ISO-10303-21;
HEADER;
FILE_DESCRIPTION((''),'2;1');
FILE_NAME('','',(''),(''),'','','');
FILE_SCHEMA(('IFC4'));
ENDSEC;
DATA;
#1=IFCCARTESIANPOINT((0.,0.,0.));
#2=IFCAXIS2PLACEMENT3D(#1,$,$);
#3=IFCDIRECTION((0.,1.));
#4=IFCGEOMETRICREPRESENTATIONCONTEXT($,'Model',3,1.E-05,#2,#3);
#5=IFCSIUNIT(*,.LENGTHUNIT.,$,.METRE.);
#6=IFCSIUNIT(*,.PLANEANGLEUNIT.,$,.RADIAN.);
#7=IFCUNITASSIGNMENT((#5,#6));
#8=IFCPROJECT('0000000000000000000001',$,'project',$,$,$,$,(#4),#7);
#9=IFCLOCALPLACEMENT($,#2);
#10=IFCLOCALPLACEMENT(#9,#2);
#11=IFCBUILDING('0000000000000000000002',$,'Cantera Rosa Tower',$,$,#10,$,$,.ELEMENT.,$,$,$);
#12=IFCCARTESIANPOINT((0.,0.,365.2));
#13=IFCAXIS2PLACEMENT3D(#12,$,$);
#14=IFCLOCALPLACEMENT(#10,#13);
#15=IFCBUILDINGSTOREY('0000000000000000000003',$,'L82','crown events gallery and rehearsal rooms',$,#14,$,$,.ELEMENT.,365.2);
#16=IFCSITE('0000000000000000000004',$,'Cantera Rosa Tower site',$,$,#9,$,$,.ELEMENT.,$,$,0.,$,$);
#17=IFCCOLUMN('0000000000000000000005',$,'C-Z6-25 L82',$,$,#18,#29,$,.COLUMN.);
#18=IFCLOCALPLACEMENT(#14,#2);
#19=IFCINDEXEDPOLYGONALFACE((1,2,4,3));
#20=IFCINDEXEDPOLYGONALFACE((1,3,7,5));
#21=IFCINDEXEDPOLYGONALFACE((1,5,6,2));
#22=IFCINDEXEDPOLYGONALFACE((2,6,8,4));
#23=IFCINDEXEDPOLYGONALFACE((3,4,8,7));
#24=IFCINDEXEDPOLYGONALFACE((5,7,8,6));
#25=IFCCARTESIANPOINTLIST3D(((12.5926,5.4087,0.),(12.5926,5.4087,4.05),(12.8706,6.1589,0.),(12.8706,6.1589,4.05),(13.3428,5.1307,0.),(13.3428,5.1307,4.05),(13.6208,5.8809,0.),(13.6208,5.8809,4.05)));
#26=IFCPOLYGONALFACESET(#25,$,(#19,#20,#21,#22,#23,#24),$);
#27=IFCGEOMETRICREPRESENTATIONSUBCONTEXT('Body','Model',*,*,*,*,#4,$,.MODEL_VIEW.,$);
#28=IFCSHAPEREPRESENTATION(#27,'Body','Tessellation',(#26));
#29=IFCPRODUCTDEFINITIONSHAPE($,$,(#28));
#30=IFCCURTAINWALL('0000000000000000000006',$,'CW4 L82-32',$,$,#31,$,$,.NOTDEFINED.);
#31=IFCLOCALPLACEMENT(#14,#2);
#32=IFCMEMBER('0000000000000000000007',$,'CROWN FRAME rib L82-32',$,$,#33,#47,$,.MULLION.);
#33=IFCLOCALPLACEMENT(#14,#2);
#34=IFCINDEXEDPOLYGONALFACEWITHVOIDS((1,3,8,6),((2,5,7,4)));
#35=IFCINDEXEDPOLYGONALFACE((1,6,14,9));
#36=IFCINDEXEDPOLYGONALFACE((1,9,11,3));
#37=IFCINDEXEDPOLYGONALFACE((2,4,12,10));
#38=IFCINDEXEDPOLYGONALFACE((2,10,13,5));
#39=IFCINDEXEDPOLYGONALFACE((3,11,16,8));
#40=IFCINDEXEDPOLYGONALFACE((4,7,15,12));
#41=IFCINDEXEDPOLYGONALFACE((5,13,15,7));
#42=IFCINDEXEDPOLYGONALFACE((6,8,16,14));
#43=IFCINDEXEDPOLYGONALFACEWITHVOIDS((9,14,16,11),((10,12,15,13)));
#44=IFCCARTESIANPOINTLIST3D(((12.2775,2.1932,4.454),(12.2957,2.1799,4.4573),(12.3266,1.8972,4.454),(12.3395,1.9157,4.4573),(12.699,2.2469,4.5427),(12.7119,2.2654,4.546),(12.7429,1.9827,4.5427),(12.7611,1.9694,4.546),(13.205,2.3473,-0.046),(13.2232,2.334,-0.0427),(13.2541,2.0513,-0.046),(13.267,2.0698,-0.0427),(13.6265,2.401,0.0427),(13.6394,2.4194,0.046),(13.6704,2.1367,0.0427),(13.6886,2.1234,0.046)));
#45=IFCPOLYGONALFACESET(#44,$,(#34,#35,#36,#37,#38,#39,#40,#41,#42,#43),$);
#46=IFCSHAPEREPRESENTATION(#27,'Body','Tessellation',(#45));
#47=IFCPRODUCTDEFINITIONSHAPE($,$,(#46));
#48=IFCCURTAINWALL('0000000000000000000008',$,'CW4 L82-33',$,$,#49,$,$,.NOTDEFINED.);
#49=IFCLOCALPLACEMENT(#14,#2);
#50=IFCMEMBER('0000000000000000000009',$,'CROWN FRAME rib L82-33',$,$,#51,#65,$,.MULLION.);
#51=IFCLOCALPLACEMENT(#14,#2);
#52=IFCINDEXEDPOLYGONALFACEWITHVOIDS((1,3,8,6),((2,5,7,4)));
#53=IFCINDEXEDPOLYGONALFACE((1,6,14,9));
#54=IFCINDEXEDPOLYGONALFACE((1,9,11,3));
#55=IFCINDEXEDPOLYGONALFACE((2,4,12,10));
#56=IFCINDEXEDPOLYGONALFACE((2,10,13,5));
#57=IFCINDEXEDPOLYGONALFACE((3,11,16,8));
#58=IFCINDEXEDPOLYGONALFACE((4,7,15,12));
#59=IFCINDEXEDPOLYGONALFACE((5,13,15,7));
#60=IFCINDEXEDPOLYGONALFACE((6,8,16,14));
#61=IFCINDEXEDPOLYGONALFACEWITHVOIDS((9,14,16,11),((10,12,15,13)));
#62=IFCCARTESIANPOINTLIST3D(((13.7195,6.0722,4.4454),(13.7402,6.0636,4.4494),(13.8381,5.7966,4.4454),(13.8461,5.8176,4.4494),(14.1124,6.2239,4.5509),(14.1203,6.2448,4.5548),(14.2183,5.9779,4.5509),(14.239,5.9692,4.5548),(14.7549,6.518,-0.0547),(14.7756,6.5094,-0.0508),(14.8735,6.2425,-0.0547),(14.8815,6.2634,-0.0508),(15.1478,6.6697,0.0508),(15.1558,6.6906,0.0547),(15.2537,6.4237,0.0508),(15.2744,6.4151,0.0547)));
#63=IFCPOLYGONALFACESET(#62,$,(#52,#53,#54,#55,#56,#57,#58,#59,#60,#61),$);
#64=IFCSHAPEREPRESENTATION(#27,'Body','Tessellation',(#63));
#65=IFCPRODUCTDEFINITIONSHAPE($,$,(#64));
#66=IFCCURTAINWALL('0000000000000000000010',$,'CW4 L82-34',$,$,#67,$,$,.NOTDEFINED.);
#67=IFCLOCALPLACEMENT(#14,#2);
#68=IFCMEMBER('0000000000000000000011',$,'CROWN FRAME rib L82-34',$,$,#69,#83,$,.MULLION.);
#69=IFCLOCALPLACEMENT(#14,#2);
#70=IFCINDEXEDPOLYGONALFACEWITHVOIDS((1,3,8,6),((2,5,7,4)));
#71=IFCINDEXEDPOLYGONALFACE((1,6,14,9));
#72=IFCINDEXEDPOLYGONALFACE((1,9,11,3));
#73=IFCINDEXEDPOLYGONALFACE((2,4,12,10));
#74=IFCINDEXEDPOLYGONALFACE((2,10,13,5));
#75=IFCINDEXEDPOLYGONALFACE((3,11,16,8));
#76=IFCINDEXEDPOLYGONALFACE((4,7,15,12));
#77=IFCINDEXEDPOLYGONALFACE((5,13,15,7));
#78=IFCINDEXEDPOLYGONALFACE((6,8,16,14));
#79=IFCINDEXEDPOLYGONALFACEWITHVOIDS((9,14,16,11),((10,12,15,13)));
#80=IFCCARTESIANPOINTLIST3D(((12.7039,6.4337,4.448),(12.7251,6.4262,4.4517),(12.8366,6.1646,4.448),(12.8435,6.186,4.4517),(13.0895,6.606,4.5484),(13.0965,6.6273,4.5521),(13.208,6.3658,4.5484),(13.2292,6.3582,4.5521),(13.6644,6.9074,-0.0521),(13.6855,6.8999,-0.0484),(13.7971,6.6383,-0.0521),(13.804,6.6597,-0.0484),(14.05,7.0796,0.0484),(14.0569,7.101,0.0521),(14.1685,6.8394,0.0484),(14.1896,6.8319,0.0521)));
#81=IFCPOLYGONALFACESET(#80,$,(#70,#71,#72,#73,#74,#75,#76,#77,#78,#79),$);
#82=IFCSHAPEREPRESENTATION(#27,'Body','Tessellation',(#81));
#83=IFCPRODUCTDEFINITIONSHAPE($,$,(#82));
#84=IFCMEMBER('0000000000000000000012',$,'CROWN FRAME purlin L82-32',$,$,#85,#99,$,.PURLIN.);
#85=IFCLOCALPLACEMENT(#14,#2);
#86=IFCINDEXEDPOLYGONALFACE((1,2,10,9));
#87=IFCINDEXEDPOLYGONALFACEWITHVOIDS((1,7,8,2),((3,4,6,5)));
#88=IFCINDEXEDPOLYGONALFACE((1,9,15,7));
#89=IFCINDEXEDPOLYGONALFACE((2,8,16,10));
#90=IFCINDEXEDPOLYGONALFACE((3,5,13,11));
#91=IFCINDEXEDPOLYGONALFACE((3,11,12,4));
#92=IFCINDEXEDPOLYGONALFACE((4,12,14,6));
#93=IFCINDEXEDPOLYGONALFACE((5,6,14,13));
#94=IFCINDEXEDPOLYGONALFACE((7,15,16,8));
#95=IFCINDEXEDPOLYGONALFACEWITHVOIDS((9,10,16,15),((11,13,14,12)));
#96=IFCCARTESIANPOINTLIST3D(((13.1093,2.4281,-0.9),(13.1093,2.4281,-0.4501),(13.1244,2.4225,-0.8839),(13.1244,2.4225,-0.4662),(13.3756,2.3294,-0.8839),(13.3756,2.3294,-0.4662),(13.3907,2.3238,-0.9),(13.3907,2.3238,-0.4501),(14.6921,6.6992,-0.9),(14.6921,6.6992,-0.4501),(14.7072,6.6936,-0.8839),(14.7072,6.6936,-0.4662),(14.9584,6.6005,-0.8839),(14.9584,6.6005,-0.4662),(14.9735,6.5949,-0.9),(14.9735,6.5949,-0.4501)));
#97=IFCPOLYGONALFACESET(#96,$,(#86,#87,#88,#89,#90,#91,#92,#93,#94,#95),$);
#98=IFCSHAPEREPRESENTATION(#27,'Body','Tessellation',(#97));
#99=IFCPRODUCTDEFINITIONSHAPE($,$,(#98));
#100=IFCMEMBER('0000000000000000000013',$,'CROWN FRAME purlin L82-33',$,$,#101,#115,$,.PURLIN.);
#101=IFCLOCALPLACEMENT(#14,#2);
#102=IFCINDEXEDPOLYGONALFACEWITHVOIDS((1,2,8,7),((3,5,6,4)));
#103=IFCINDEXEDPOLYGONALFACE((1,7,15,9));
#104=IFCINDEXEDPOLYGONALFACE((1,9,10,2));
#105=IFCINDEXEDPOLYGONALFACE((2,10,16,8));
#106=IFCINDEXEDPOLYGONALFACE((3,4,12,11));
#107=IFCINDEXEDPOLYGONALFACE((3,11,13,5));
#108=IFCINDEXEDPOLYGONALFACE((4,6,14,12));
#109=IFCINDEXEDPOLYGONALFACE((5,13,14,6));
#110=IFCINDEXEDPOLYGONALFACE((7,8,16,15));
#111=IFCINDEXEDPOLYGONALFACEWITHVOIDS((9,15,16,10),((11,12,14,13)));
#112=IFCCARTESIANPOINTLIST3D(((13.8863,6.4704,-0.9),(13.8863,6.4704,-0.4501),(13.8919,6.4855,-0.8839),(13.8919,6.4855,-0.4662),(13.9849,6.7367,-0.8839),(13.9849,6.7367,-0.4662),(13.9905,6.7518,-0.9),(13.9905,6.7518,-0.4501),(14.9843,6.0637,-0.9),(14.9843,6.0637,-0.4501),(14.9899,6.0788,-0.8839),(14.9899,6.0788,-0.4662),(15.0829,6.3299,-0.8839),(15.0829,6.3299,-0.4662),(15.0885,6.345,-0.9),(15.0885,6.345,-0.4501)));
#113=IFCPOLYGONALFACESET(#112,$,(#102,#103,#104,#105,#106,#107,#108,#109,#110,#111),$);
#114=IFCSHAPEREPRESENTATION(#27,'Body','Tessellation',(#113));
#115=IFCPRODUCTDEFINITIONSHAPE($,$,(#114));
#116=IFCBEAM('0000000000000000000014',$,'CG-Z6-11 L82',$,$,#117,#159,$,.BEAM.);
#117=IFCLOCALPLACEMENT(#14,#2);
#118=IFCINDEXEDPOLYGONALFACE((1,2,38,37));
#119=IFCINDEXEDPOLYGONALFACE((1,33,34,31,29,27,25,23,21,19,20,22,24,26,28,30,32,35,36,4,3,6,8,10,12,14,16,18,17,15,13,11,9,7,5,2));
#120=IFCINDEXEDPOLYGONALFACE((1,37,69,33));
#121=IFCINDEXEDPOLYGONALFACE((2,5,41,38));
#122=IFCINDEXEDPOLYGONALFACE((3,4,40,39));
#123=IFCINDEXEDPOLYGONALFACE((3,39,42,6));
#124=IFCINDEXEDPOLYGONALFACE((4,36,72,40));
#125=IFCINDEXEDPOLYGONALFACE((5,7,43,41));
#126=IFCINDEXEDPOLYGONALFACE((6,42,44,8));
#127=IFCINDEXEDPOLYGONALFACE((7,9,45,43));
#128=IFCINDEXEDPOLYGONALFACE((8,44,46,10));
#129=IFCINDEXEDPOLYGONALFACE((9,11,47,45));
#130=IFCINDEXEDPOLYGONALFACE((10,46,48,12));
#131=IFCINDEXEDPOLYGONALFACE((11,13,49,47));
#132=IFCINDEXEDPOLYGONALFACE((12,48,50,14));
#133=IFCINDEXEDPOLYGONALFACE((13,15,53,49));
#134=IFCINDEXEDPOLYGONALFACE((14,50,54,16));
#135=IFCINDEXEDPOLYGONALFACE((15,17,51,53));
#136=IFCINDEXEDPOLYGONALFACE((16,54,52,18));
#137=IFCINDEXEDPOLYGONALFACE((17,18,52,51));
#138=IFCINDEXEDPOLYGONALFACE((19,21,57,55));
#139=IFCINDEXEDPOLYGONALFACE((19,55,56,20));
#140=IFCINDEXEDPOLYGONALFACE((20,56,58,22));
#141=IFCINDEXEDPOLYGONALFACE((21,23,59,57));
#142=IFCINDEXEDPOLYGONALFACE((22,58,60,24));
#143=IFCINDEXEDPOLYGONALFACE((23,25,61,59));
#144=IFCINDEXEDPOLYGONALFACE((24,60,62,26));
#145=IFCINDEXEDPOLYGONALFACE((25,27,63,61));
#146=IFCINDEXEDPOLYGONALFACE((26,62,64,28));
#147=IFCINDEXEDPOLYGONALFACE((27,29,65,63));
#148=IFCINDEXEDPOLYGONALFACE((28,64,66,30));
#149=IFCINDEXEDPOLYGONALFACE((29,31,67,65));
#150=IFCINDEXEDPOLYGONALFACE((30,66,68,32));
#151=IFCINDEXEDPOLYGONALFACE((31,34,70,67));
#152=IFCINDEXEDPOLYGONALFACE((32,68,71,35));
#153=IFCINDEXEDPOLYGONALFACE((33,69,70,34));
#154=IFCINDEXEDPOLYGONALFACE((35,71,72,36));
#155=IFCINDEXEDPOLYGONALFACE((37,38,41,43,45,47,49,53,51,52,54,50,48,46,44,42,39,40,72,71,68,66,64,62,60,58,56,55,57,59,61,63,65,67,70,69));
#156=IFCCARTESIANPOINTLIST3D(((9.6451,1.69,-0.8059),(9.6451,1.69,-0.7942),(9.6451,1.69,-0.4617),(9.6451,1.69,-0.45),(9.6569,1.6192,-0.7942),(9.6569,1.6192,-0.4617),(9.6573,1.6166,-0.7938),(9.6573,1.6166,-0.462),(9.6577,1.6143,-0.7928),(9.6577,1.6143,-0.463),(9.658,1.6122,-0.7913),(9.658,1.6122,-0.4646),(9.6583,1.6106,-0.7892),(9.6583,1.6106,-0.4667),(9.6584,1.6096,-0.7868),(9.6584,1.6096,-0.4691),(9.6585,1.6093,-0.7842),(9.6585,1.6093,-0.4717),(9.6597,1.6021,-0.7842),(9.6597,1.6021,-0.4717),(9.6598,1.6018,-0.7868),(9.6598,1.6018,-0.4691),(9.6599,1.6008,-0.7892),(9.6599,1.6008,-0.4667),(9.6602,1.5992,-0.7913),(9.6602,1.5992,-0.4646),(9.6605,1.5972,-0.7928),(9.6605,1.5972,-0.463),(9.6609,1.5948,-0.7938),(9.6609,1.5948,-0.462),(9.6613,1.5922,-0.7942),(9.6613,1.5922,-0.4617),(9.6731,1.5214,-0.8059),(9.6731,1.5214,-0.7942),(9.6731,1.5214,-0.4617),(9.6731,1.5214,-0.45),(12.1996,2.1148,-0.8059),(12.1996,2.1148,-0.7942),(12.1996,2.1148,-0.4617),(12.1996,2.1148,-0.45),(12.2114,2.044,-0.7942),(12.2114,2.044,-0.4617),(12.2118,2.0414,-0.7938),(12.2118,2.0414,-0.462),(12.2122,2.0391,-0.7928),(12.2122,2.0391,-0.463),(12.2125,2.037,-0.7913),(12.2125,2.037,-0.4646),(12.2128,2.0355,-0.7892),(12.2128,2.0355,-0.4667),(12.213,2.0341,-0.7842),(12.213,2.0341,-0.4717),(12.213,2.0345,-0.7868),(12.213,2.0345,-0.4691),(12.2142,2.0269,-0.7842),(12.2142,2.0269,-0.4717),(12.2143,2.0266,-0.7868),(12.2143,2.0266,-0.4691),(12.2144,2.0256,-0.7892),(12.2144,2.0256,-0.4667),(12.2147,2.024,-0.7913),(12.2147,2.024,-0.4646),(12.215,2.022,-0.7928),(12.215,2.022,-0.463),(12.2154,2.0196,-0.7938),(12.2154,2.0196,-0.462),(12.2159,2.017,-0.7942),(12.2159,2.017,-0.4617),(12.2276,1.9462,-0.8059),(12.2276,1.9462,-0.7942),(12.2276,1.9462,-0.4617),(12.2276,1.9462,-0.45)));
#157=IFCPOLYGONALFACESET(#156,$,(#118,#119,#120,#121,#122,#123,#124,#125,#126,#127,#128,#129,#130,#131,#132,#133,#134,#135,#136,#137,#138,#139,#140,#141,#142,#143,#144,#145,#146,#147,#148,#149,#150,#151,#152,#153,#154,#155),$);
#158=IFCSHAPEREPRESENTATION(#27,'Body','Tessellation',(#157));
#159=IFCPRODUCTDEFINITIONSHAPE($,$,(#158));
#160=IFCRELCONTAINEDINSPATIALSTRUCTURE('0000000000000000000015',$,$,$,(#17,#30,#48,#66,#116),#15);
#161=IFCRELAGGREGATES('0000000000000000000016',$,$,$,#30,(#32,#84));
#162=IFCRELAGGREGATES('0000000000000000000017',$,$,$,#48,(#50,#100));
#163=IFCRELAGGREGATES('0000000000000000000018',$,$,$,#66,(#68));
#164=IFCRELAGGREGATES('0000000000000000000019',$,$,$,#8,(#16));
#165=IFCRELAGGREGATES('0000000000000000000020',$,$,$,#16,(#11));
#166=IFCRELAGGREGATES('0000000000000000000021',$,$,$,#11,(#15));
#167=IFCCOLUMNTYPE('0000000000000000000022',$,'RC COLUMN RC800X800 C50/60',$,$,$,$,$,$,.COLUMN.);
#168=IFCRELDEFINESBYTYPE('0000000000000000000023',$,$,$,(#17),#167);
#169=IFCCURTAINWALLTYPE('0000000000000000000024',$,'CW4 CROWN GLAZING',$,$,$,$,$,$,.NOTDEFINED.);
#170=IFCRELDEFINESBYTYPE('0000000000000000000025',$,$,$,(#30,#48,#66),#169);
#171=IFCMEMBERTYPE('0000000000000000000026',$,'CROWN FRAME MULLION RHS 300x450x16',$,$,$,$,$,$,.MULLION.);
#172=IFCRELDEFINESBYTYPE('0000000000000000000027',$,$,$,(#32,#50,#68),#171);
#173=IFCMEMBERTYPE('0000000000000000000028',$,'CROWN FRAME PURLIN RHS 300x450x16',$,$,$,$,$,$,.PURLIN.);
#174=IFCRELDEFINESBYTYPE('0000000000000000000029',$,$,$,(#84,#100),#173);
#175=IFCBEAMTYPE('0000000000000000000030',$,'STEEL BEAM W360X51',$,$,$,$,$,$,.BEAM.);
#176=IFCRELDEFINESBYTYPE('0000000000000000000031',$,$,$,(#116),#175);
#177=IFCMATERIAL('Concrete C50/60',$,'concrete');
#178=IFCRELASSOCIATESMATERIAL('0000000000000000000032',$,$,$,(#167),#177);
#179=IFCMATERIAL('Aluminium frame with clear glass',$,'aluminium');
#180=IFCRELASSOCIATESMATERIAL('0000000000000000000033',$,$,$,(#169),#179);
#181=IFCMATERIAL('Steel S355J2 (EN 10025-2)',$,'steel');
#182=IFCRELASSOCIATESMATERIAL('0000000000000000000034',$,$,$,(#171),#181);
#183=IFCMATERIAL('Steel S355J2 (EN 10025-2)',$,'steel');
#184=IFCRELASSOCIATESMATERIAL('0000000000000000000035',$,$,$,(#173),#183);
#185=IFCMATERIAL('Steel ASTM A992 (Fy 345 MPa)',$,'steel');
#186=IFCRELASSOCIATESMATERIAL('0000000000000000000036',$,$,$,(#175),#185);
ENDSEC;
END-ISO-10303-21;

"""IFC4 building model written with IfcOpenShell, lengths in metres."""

from ifc_helpers import new_model, si_unit, direction, frame, origin, origin_2d, place, context, subcontext, project, spatial, rectangle, hollow_rectangle, i_section, extrude, material, material_profile, profile_set, type_object, element, aggregate, save


model = new_model("IFC4")

# Units and contexts
model_context = context("Model", 3, precision=1e-05, world=origin(), true_north=direction((0.0, 1.0)))
body_context = subcontext(model_context, "Body", "Model", "MODEL_VIEW")
ifc_project = project(units=[si_unit("LENGTHUNIT", "METRE"), si_unit("PLANEANGLEUNIT", "RADIAN")], contexts=[model_context])

# Site, building, storey
site_placement = place(None, origin())
site = spatial("IfcSite", under=ifc_project, at=site_placement, Name="Cantera Rosa Tower site", CompositionType="ELEMENT", RefElevation=0.0)
building_placement = place(site_placement, origin())
building = spatial("IfcBuilding", under=site, at=building_placement, Name="Cantera Rosa Tower", CompositionType="ELEMENT")
storey_placement = place(building_placement, frame((0.0, 0.0, 365.2)))
storey = spatial("IfcBuildingStorey", under=building, at=storey_placement, Name="L82", Description="crown events gallery and rehearsal rooms", CompositionType="ELEMENT", Elevation=365.2)

# Column
ifc_material_1 = material(Name="Concrete C50/60", Category="concrete")
ifc_material_profile_1 = material_profile(ifc_material_1, rectangle(XDim=0.8, YDim=0.8, at=origin_2d()), Name="RC COLUMN RC800X800 C50/60")
ifc_profile_set_1 = profile_set([ifc_material_profile_1], Name="Concrete C50/60")
column_type = type_object("IfcColumnType", Name="RC COLUMN RC800X800 C50/60", PredefinedType="COLUMN", material=ifc_profile_set_1)
column_placement = place(storey_placement, frame((13.1067, 5.6448, 0.0), z_axis=(0.0, 0.0, 1.0), x_axis=(0.347481, 0.937687, 0.0)))
element("IfcColumn", 1, at=column_placement, inside=storey, type_object=column_type, Name="C-Z6-25 L82", PredefinedType="COLUMN", context=body_context, shape_type="SweptSolid", body=[
    extrude(rectangle(XDim=0.8, YDim=0.8, at=origin_2d()), origin(), (0.0, 0.0, 1.0), 4.05),
])

# Curtain walls, members
ifc_material_2 = material(Name="Aluminium frame with clear glass", Category="aluminium")
curtain_wall_type = type_object("IfcCurtainWallType", Name="CW4 CROWN GLAZING", PredefinedType="NOTDEFINED", material=ifc_material_2)
curtain_wall_1_placement = place(storey_placement, origin())
curtain_wall_1 = element("IfcCurtainWall", 2, at=curtain_wall_1_placement, inside=storey, type_object=curtain_wall_type, Name="CW4 L82-32", PredefinedType="NOTDEFINED")
ifc_material_3 = material(Name="Steel S355J2 (EN 10025-2)", Category="steel")
ifc_material_profile_2 = material_profile(ifc_material_3, hollow_rectangle(XDim=0.3, YDim=0.45, WallThickness=0.0161, at=origin_2d()), Name="CROWN FRAME MULLION RHS 300x450x16")
ifc_profile_set_2 = profile_set([ifc_material_profile_2], Name="Steel S355J2 (EN 10025-2)")
member_type_1 = type_object("IfcMemberType", Name="CROWN FRAME MULLION RHS 300x450x16", PredefinedType="MULLION", material=ifc_profile_set_2)
member_1_placement = place(storey_placement, frame((13.4468, 2.2354, 0.0), z_axis=(-0.201752, -0.03351, 0.978863), x_axis=(0.163852, -0.986485, 0.0)))
member_1 = element("IfcMember", 3, at=member_1_placement, type_object=member_type_1, Name="CROWN FRAME rib L82-32", PredefinedType="MULLION", context=body_context, shape_type="SweptSolid", body=[
    extrude(hollow_rectangle(XDim=0.3, YDim=0.45, WallThickness=0.0161, at=origin_2d()), origin(), (0.0, 0.0, 1.0), 4.5972),
])
curtain_wall_2_placement = place(storey_placement, origin())
curtain_wall_2 = element("IfcCurtainWall", 4, at=curtain_wall_2_placement, inside=storey, type_object=curtain_wall_type, Name="CW4 L82-33", PredefinedType="NOTDEFINED")
member_2_placement = place(storey_placement, frame((15.0146, 6.4666, 0.0), z_axis=(-0.223192, -0.096097, 0.970026), x_axis=(0.395461, -0.918483, 0.0)))
member_2 = element("IfcMember", 5, at=member_2_placement, type_object=member_type_1, Name="CROWN FRAME rib L82-33", PredefinedType="MULLION", context=body_context, shape_type="SweptSolid", body=[
    extrude(hollow_rectangle(XDim=0.3, YDim=0.45, WallThickness=0.0161, at=origin_2d()), origin(), (0.0, 0.0, 1.0), 4.6392),
])
curtain_wall_3_placement = place(storey_placement, origin())
curtain_wall_3 = element("IfcCurtainWall", 6, at=curtain_wall_3_placement, inside=storey, type_object=curtain_wall_type, Name="CW4 L82-34", PredefinedType="NOTDEFINED")
member_3_placement = place(storey_placement, frame((13.927, 6.8696, 0.0), z_axis=(-0.207635, -0.102392, 0.972833), x_axis=(0.442282, -0.896876, 0.0)))
member_3 = element("IfcMember", 7, at=member_3_placement, type_object=member_type_1, Name="CROWN FRAME rib L82-34", PredefinedType="MULLION", context=body_context, shape_type="SweptSolid", body=[
    extrude(hollow_rectangle(XDim=0.3, YDim=0.45, WallThickness=0.0161, at=origin_2d()), origin(), (0.0, 0.0, 1.0), 4.6257),
])

# Members
ifc_material_4 = material(Name="Steel S355J2 (EN 10025-2)", Category="steel")
ifc_material_profile_3 = material_profile(ifc_material_4, hollow_rectangle(XDim=0.3, YDim=0.45, WallThickness=0.0161, at=origin_2d()), Name="CROWN FRAME PURLIN RHS 300x450x16")
ifc_profile_set_3 = profile_set([ifc_material_profile_3], Name="Steel S355J2 (EN 10025-2)")
member_type_2 = type_object("IfcMemberType", Name="CROWN FRAME PURLIN RHS 300x450x16", PredefinedType="PURLIN", material=ifc_profile_set_3)
member_4_placement = place(storey_placement, frame((13.25, 2.376, -0.675), z_axis=(0.347491, 0.937683, 0.0), x_axis=(-0.937683, 0.347491, 0.0)))
member_4 = element("IfcMember", 8, at=member_4_placement, type_object=member_type_2, Name="CROWN FRAME purlin L82-32", PredefinedType="PURLIN", context=body_context, shape_type="SweptSolid", body=[
    extrude(hollow_rectangle(XDim=0.3, YDim=0.45, WallThickness=0.0161, at=origin_2d()), origin(), (0.0, 0.0, 1.0), 4.5549),
])
member_5_placement = place(storey_placement, frame((15.0364, 6.2043, -0.675), z_axis=(-0.937719, 0.347396, 0.0), x_axis=(-0.347396, -0.937719, 0.0)))
member_5 = element("IfcMember", 9, at=member_5_placement, type_object=member_type_2, Name="CROWN FRAME purlin L82-33", PredefinedType="PURLIN", context=body_context, shape_type="SweptSolid", body=[
    extrude(hollow_rectangle(XDim=0.3, YDim=0.45, WallThickness=0.0161, at=origin_2d()), origin(), (0.0, 0.0, 1.0), 1.1709),
])

# Beam
ifc_material_5 = material(Name="Steel ASTM A992 (Fy 345 MPa)", Category="steel")
ifc_material_profile_4 = material_profile(ifc_material_5, i_section(OverallWidth=0.1709, OverallDepth=0.356, WebThickness=0.0073, FlangeThickness=0.0117, FilletRadius=0.01, at=origin_2d()), Name="W360X51")
ifc_profile_set_4 = profile_set([ifc_material_profile_4], Name="Steel ASTM A992 (Fy 345 MPa)")
beam_type_1 = type_object("IfcBeamType", Name="STEEL BEAM W360X51", PredefinedType="BEAM", material=ifc_profile_set_4)
beam_1_placement = place(storey_placement, frame((12.2136, 2.0305, -0.6279), z_axis=(-0.986452, -0.164047, 0.0), x_axis=(0.164047, -0.986452, 0.0)))
element("IfcBeam", 10, at=beam_1_placement, inside=storey, type_object=beam_type_1, Name="CG-Z6-11 L82", PredefinedType="BEAM", context=body_context, shape_type="SweptSolid", body=[
    extrude(i_section(OverallWidth=0.1709, OverallDepth=0.356, WebThickness=0.0073, FlangeThickness=0.0117, FilletRadius=0.01, at=origin_2d()), origin(), (0.0, 0.0, 1.0), 2.5896),
])

aggregate(curtain_wall_1, [member_1, member_4])
aggregate(curtain_wall_2, [member_2, member_5])
aggregate(curtain_wall_3, [member_3])

save(model, "model.ifc")
